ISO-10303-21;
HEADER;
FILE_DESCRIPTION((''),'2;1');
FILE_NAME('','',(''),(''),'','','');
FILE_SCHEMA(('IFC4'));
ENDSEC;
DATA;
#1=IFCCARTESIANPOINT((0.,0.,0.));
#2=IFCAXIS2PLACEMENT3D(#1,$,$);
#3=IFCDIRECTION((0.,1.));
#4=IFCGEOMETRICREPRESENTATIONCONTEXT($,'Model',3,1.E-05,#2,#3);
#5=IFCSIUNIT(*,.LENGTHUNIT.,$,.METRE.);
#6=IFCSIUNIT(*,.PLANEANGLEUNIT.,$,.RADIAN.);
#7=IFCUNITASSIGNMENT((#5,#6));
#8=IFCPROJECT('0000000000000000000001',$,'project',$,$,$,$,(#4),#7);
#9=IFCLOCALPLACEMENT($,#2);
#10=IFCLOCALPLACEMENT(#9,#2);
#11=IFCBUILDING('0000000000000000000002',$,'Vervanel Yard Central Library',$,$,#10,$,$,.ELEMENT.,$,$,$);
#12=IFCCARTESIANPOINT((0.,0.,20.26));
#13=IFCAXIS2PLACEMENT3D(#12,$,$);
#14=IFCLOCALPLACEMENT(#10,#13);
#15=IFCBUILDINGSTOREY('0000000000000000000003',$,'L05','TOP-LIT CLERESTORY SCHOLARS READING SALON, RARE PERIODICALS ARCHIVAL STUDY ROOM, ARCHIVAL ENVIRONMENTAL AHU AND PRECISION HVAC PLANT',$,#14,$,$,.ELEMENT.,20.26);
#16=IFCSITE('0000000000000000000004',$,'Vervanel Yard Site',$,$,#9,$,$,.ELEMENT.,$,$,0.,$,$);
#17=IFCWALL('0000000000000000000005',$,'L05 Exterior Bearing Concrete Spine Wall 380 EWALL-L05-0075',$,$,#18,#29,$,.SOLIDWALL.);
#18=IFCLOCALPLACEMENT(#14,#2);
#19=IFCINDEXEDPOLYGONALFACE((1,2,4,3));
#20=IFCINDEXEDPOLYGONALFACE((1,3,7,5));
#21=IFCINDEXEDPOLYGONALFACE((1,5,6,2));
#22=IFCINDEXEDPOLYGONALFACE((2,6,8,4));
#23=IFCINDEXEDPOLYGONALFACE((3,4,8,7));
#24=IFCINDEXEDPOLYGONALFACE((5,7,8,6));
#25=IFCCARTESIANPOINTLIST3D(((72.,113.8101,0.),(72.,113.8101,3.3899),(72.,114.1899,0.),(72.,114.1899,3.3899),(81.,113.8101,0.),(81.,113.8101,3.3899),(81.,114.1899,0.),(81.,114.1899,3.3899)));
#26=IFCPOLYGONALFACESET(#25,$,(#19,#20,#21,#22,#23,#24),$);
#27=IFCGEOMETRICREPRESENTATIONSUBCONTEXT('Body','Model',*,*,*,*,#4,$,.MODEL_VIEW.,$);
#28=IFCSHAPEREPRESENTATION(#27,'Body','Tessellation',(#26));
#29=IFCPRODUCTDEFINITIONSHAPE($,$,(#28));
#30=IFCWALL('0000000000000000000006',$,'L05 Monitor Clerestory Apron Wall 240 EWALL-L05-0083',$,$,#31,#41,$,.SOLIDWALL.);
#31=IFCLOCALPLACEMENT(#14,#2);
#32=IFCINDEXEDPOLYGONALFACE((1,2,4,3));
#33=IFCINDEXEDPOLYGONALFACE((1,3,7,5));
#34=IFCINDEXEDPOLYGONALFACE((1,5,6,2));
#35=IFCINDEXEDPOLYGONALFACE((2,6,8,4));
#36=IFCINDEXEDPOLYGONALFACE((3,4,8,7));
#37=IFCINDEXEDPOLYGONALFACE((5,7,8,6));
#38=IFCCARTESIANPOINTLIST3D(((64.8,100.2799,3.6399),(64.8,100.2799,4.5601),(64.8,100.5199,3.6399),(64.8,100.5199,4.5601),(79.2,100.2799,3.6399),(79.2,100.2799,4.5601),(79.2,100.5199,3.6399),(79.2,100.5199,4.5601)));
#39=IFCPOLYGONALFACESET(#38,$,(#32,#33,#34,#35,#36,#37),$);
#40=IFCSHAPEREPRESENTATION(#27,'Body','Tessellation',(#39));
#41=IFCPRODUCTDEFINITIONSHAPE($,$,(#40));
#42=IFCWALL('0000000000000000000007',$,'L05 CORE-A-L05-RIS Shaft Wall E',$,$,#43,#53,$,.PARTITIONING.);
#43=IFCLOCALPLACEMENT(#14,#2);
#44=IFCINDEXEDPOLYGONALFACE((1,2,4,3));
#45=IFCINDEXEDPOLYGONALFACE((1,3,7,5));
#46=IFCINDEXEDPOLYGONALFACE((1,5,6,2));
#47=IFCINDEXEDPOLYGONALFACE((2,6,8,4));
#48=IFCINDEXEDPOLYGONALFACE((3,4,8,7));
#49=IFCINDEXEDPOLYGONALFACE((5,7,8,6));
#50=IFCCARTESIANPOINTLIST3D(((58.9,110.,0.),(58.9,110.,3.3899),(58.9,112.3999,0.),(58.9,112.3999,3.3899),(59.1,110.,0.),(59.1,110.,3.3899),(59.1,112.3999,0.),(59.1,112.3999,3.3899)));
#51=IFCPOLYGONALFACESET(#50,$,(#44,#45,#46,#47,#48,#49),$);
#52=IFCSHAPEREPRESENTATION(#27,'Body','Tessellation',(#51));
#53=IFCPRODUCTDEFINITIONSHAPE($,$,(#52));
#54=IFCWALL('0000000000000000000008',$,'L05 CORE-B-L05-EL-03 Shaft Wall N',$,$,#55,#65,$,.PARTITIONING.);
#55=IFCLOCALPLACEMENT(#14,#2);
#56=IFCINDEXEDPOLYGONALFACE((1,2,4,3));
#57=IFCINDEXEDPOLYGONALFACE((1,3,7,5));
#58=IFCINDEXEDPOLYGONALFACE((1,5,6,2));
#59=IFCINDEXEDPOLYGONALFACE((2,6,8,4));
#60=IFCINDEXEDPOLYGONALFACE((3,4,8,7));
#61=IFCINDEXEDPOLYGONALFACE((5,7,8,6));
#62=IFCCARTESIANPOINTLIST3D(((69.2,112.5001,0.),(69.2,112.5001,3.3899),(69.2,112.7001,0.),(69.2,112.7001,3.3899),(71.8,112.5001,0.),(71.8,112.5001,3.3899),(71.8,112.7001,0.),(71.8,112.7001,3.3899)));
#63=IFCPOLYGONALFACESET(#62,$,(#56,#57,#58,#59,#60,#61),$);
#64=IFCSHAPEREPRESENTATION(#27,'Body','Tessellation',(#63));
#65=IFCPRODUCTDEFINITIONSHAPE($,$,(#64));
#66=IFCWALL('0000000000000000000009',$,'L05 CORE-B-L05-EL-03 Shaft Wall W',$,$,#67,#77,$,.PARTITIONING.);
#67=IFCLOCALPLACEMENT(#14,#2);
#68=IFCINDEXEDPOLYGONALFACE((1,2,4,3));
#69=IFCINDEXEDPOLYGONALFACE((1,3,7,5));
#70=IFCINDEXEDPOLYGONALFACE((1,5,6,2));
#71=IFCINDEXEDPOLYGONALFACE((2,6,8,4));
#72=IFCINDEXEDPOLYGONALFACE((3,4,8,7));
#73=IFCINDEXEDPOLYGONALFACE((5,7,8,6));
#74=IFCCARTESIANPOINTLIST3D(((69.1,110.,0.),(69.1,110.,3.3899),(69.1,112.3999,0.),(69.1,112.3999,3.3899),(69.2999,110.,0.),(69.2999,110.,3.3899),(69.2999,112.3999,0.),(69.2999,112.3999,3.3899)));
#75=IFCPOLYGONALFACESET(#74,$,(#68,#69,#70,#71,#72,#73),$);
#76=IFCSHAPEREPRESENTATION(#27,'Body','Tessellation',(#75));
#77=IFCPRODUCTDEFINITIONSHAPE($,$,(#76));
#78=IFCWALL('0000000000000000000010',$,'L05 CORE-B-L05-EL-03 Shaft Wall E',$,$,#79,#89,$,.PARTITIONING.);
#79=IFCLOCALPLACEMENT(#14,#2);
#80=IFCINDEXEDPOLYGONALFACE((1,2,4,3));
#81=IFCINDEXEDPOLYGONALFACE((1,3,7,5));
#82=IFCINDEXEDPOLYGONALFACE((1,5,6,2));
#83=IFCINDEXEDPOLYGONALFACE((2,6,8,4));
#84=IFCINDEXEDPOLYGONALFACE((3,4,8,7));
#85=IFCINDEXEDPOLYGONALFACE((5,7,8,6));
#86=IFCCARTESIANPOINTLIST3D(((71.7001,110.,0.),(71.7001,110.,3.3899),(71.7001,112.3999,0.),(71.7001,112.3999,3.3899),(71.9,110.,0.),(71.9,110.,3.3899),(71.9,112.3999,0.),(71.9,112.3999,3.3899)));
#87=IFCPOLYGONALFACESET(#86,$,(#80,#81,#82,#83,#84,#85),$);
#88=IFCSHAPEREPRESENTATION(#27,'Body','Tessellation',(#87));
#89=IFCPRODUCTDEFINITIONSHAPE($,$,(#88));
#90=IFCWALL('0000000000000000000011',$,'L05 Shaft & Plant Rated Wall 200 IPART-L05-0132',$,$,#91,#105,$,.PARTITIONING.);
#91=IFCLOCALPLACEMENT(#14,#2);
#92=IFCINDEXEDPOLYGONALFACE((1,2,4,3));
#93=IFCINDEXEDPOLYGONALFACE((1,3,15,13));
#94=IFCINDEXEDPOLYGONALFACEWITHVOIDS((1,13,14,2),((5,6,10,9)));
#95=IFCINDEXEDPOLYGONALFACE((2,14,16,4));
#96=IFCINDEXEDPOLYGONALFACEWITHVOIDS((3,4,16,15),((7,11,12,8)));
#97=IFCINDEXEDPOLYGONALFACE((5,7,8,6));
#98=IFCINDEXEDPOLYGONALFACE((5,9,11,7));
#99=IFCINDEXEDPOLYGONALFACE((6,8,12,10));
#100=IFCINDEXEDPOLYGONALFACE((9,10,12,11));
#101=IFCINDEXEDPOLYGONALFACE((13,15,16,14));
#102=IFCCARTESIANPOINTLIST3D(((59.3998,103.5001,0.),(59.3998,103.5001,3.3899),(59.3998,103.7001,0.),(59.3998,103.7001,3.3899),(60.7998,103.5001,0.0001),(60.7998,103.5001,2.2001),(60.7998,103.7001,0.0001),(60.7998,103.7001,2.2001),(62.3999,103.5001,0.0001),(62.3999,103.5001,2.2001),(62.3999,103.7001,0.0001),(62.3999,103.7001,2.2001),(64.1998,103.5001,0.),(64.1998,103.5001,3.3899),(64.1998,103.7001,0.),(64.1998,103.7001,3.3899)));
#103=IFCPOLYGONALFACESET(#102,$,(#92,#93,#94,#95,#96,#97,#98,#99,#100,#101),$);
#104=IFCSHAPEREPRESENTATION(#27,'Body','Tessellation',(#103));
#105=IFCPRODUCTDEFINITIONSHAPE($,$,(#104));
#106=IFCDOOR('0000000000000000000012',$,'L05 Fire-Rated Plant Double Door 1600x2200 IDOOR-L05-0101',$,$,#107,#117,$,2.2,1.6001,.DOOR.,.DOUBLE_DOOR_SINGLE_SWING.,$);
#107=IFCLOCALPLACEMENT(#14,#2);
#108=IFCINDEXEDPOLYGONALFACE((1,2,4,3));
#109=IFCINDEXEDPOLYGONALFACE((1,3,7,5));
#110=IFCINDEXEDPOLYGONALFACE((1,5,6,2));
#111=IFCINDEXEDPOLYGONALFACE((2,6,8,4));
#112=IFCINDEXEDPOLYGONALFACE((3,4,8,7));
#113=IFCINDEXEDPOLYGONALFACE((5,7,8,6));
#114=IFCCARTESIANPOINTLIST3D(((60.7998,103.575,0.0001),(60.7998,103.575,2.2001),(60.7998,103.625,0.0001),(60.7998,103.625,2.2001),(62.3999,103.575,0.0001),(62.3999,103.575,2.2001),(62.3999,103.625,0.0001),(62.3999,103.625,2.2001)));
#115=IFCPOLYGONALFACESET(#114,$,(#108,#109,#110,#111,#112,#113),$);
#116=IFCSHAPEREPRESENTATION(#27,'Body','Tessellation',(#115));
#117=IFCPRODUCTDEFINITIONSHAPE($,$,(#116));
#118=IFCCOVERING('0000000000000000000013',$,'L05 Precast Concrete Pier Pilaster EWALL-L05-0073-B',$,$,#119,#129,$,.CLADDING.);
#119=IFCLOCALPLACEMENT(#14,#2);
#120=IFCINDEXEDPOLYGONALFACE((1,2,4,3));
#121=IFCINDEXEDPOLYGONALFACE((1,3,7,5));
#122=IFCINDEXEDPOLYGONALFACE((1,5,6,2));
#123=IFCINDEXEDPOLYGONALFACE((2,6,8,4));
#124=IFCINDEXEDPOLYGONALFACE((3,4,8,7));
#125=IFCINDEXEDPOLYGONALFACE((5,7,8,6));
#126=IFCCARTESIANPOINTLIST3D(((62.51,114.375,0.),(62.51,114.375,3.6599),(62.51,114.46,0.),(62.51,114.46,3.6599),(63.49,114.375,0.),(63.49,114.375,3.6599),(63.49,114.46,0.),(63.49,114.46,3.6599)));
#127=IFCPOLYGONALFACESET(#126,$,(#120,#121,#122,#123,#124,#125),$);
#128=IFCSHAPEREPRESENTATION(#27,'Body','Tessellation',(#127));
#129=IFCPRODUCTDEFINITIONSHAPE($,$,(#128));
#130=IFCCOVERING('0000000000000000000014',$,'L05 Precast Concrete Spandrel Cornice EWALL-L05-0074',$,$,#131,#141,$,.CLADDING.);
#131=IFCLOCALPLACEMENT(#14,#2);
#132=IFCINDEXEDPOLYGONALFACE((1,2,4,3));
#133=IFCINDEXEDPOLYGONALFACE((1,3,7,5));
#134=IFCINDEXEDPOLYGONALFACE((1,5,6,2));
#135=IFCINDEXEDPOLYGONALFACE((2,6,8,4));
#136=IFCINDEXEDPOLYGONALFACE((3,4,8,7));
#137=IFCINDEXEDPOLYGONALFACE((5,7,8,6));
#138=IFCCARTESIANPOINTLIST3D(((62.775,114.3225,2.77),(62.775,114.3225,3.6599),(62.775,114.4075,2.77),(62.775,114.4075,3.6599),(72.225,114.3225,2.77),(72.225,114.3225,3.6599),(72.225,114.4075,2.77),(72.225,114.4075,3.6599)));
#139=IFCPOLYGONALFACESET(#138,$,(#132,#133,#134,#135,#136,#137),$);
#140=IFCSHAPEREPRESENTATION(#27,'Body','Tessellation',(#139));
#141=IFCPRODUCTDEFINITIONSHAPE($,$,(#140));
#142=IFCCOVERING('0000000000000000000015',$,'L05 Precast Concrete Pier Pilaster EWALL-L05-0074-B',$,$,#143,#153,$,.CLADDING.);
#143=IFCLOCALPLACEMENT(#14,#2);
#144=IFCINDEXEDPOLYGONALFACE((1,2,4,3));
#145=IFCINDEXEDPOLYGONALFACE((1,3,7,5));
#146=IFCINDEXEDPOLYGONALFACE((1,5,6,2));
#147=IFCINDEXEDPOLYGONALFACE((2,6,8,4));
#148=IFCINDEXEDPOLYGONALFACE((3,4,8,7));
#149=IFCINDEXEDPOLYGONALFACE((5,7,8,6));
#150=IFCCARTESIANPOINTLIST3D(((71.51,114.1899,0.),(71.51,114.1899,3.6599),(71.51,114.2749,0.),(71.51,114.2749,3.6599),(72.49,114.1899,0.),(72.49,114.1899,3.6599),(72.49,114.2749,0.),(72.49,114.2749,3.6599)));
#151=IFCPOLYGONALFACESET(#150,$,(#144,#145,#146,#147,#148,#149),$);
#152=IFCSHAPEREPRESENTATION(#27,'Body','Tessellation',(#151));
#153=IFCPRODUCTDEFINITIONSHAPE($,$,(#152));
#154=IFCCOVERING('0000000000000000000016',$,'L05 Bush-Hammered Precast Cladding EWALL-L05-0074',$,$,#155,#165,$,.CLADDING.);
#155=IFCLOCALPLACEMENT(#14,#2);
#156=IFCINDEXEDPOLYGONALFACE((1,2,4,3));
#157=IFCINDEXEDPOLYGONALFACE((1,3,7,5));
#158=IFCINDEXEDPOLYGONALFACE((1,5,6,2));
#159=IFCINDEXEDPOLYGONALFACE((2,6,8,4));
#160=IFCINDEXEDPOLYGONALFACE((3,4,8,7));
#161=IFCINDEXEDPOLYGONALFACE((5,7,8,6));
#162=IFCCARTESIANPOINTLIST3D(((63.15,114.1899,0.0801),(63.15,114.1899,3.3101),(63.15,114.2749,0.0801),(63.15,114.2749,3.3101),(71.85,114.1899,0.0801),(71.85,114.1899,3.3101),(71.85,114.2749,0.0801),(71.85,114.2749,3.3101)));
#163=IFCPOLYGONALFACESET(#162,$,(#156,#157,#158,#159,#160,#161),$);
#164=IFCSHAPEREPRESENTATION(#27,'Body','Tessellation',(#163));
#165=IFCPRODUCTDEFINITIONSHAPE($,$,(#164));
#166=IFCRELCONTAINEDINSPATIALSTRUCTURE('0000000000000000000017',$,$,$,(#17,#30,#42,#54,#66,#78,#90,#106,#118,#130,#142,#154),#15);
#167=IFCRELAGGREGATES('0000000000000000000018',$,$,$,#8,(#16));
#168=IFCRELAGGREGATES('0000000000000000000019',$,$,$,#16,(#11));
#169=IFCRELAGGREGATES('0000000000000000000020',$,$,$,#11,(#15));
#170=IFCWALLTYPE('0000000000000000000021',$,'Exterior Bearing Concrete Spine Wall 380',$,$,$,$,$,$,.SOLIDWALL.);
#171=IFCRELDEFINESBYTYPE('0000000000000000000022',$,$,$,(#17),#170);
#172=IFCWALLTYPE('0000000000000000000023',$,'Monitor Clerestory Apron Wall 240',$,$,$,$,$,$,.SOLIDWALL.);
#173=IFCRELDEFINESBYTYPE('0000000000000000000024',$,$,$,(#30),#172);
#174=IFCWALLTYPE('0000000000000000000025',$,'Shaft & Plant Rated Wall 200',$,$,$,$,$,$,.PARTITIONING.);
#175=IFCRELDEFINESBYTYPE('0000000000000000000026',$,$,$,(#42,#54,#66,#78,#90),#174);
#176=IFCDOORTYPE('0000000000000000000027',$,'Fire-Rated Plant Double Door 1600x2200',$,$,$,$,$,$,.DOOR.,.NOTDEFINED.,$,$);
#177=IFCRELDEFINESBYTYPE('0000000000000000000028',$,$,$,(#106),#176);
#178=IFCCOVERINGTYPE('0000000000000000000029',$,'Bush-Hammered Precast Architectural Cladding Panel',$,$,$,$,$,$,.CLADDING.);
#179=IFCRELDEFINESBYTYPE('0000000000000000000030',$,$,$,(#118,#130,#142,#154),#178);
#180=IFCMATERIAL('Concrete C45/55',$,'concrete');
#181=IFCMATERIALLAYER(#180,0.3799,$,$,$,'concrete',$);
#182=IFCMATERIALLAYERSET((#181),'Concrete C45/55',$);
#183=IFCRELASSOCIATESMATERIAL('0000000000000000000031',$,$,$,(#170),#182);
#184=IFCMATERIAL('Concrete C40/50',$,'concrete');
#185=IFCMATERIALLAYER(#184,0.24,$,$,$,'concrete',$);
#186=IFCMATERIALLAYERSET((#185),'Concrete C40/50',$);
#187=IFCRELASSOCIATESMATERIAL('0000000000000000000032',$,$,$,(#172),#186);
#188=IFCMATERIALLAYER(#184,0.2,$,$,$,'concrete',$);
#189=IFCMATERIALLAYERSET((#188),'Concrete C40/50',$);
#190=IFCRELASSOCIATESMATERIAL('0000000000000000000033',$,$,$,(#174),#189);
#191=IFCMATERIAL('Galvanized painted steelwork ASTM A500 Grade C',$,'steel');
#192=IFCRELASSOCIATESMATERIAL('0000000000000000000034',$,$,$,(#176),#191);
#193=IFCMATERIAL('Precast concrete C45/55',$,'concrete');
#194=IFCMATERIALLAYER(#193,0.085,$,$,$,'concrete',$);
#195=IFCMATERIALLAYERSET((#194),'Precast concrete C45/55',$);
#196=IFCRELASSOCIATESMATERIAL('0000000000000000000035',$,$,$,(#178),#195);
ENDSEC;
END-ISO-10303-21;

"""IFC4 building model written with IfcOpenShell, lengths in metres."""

from ifc_helpers import new_model, si_unit, direction, frame, frame_2d, origin, origin_2d, place, context, subcontext, project, spatial, rectangle, extrude, material, layer, layer_set, type_object, element, fill, save


model = new_model("IFC4")

# Units and contexts
model_context = context("Model", 3, precision=1e-05, world=origin(), true_north=direction((0.0, 1.0)))
body_context = subcontext(model_context, "Body", "Model", "MODEL_VIEW")
ifc_project = project(units=[si_unit("LENGTHUNIT", "METRE"), si_unit("PLANEANGLEUNIT", "RADIAN")], contexts=[model_context])

# Site, building, storey
site_placement = place(None, origin())
site = spatial("IfcSite", under=ifc_project, at=site_placement, Name="Vervanel Yard Site", CompositionType="ELEMENT", RefElevation=0.0)
building_placement = place(site_placement, origin())
building = spatial("IfcBuilding", under=site, at=building_placement, Name="Vervanel Yard Central Library", CompositionType="ELEMENT")
storey_placement = place(building_placement, frame((0.0, 0.0, 20.26)))
storey = spatial("IfcBuildingStorey", under=building, at=storey_placement, Name="L05", Description="TOP-LIT CLERESTORY SCHOLARS READING SALON, RARE PERIODICALS ARCHIVAL STUDY ROOM, ARCHIVAL ENVIRONMENTAL AHU AND PRECISION HVAC PLANT", CompositionType="ELEMENT", Elevation=20.26)

# Shared definitions
ifc_material_1 = material(Name="Concrete C40/50", Category="concrete")

# Shared definitions
ifc_material_2 = material(Name="Concrete C45/55", Category="concrete")

# Shared definitions
ifc_material_3 = material(Name="Galvanized painted steelwork ASTM A500 Grade C", Category="steel")

# Walls
ifc_layer_1 = layer(ifc_material_2, 0.3799, Category="concrete")
ifc_layer_set_1 = layer_set([ifc_layer_1], Name="Concrete C45/55")
wall_type_1 = type_object("IfcWallType", Name="Exterior Bearing Concrete Spine Wall 380", PredefinedType="SOLIDWALL", material=ifc_layer_set_1)
for number, where, z_axis, x_axis, name in (
    (1, (72.0, 114.0, 0.0), (0.0, 0.0, 1.0), (1.0, 0.0, 0.0), "L05 Exterior Bearing Concrete Spine Wall 380 EWALL-L05-0075"),
):
    element("IfcWall", number, at=place(storey_placement, frame(where, z_axis=z_axis, x_axis=x_axis)), inside=storey, type_object=wall_type_1, Name=name, PredefinedType="SOLIDWALL", context=body_context, shape_type="SweptSolid", body=[
        extrude(rectangle(XDim=9.0, YDim=0.3799, at=frame_2d((4.5, 0.0))), origin(), (0.0, 0.0, 1.0), 3.3899),
    ])
ifc_layer_2 = layer(ifc_material_1, 0.24, Category="concrete")
ifc_layer_set_2 = layer_set([ifc_layer_2], Name="Concrete C40/50")
wall_type_2 = type_object("IfcWallType", Name="Monitor Clerestory Apron Wall 240", PredefinedType="SOLIDWALL", material=ifc_layer_set_2)
wall_1_placement = place(storey_placement, frame((64.8, 100.3999, 3.6399), z_axis=(0.0, 0.0, 1.0), x_axis=(1.0, 0.0, 0.0)))
element("IfcWall", 2, at=wall_1_placement, inside=storey, type_object=wall_type_2, Name="L05 Monitor Clerestory Apron Wall 240 EWALL-L05-0083", PredefinedType="SOLIDWALL", context=body_context, shape_type="SweptSolid", body=[
    extrude(rectangle(XDim=14.3999, YDim=0.24, at=frame_2d((7.2, 0.0))), origin(), (0.0, 0.0, 1.0), 0.9202),
])

# Wall
ifc_layer_3 = layer(ifc_material_1, 0.2, Category="concrete")
ifc_layer_set_3 = layer_set([ifc_layer_3], Name="Concrete C40/50")
wall_type_3 = type_object("IfcWallType", Name="Shaft & Plant Rated Wall 200", PredefinedType="PARTITIONING", material=ifc_layer_set_3)
wall_2_placement = place(storey_placement, frame((59.0, 110.0, 0.0), z_axis=(0.0, 0.0, 1.0), x_axis=(0.0, 1.0, 0.0)))
element("IfcWall", 3, at=wall_2_placement, inside=storey, type_object=wall_type_3, Name="L05 CORE-A-L05-RIS Shaft Wall E", PredefinedType="PARTITIONING", context=body_context, shape_type="SweptSolid", body=[
    extrude(rectangle(XDim=2.3999, YDim=0.2, at=frame_2d((1.2, 0.0))), origin(), (0.0, 0.0, 1.0), 3.3899),
])

# Walls
wall_3_placement = place(storey_placement, frame((69.2, 112.6001, 0.0), z_axis=(0.0, 0.0, 1.0), x_axis=(1.0, 0.0, 0.0)))
element("IfcWall", 4, at=wall_3_placement, inside=storey, type_object=wall_type_3, Name="L05 CORE-B-L05-EL-03 Shaft Wall N", PredefinedType="PARTITIONING", context=body_context, shape_type="SweptSolid", body=[
    extrude(rectangle(XDim=2.6001, YDim=0.2, at=frame_2d((1.3, 0.0))), origin(), (0.0, 0.0, 1.0), 3.3899),
])
for number, where, z_axis, x_axis, name in (
    (5, (69.2, 110.0, 0.0), (0.0, 0.0, 1.0), (0.0, 1.0, 0.0), "L05 CORE-B-L05-EL-03 Shaft Wall W"),
    (6, (71.8, 110.0, 0.0), (0.0, 0.0, 1.0), (0.0, 1.0, 0.0), "L05 CORE-B-L05-EL-03 Shaft Wall E"),
):
    element("IfcWall", number, at=place(storey_placement, frame(where, z_axis=z_axis, x_axis=x_axis)), inside=storey, type_object=wall_type_3, Name=name, PredefinedType="PARTITIONING", context=body_context, shape_type="SweptSolid", body=[
        extrude(rectangle(XDim=2.3999, YDim=0.2, at=frame_2d((1.2, 0.0))), origin(), (0.0, 0.0, 1.0), 3.3899),
    ])

# Wall, opening, door
wall_4_placement = place(storey_placement, frame((59.3999, 103.6001, 0.0), z_axis=(0.0, 0.0, 1.0), x_axis=(1.0, 0.0, 0.0)))
wall_4 = element("IfcWall", 7, at=wall_4_placement, inside=storey, type_object=wall_type_3, Name="L05 Shaft & Plant Rated Wall 200 IPART-L05-0132", PredefinedType="PARTITIONING", context=body_context, shape_type="SweptSolid", body=[
    extrude(rectangle(XDim=4.8, YDim=0.2, at=frame_2d((2.3999, 0.0))), origin(), (0.0, 0.0, 1.0), 3.3899),
])
opening_1_placement = place(wall_4_placement, frame((1.3999, 0.0, 0.0)))
opening_1 = element("IfcOpeningElement", 8, at=opening_1_placement, cuts=wall_4, PredefinedType="OPENING", context=body_context, shape_type="SweptSolid", body=[
    extrude(rectangle(XDim=1.6001, YDim=2.2, at=frame_2d((0.8, 1.1001))), frame((0.0, 0.1099, 0.0), z_axis=(0.0, -1.0, 0.0), x_axis=(1.0, 0.0, 0.0)), (0.0, 0.0, 1.0), 0.22),
])
door_type_1 = type_object("IfcDoorType", Name="Fire-Rated Plant Double Door 1600x2200", OperationType="NOTDEFINED", PredefinedType="DOOR", material=ifc_material_3)
door_1_placement = place(opening_1_placement, origin())
door_1 = element("IfcDoor", 9, at=door_1_placement, inside=storey, type_object=door_type_1, Name="L05 Fire-Rated Plant Double Door 1600x2200 IDOOR-L05-0101", OperationType="DOUBLE_DOOR_SINGLE_SWING", OverallHeight=2.2, OverallWidth=1.6001, PredefinedType="DOOR", context=body_context, shape_type="SweptSolid", body=[
    extrude(rectangle(XDim=1.6001, YDim=2.2, at=frame_2d((0.8, 1.1001))), frame((0.0, 0.0249, 0.0), z_axis=(0.0, -1.0, 0.0), x_axis=(1.0, 0.0, 0.0)), (0.0, 0.0, 1.0), 0.05),
])
fill(opening_1, door_1)

# Coverings
ifc_material_4 = material(Name="Precast concrete C45/55", Category="concrete")
ifc_layer_4 = layer(ifc_material_4, 0.085, Category="concrete")
ifc_layer_set_4 = layer_set([ifc_layer_4], Name="Precast concrete C45/55")
covering_type = type_object("IfcCoveringType", Name="Bush-Hammered Precast Architectural Cladding Panel", PredefinedType="CLADDING", material=ifc_layer_set_4)
covering_1_placement = place(storey_placement, frame((63.0, 114.4175, 0.0), z_axis=(0.0, 0.0, 1.0), x_axis=(1.0, 0.0, 0.0)))
element("IfcCovering", 10, at=covering_1_placement, inside=storey, type_object=covering_type, Name="L05 Precast Concrete Pier Pilaster EWALL-L05-0073-B", PredefinedType="CLADDING", context=body_context, shape_type="SweptSolid", body=[
    extrude(rectangle(XDim=0.98, YDim=0.085, at=origin_2d()), origin(), (0.0, 0.0, 1.0), 3.6599),
])
covering_2_placement = place(storey_placement, frame((67.5, 114.365, 2.77), z_axis=(0.0, 0.0, 1.0), x_axis=(1.0, 0.0, 0.0)))
element("IfcCovering", 11, at=covering_2_placement, inside=storey, type_object=covering_type, Name="L05 Precast Concrete Spandrel Cornice EWALL-L05-0074", PredefinedType="CLADDING", context=body_context, shape_type="SweptSolid", body=[
    extrude(rectangle(XDim=9.45, YDim=0.085, at=origin_2d()), origin(), (0.0, 0.0, 1.0), 0.8899),
])
covering_3_placement = place(storey_placement, frame((72.0, 114.2324, 0.0), z_axis=(0.0, 0.0, 1.0), x_axis=(1.0, 0.0, 0.0)))
element("IfcCovering", 12, at=covering_3_placement, inside=storey, type_object=covering_type, Name="L05 Precast Concrete Pier Pilaster EWALL-L05-0074-B", PredefinedType="CLADDING", context=body_context, shape_type="SweptSolid", body=[
    extrude(rectangle(XDim=0.98, YDim=0.085, at=origin_2d()), origin(), (0.0, 0.0, 1.0), 3.6599),
])
covering_4_placement = place(storey_placement, frame((67.5, 114.2324, 0.0801), z_axis=(0.0, 0.0, 1.0), x_axis=(1.0, 0.0, 0.0)))
element("IfcCovering", 13, at=covering_4_placement, inside=storey, type_object=covering_type, Name="L05 Bush-Hammered Precast Cladding EWALL-L05-0074", PredefinedType="CLADDING", context=body_context, shape_type="SweptSolid", body=[
    extrude(rectangle(XDim=8.7, YDim=0.085, at=origin_2d()), origin(), (0.0, 0.0, 1.0), 3.23),
])

save(model, "model.ifc")
